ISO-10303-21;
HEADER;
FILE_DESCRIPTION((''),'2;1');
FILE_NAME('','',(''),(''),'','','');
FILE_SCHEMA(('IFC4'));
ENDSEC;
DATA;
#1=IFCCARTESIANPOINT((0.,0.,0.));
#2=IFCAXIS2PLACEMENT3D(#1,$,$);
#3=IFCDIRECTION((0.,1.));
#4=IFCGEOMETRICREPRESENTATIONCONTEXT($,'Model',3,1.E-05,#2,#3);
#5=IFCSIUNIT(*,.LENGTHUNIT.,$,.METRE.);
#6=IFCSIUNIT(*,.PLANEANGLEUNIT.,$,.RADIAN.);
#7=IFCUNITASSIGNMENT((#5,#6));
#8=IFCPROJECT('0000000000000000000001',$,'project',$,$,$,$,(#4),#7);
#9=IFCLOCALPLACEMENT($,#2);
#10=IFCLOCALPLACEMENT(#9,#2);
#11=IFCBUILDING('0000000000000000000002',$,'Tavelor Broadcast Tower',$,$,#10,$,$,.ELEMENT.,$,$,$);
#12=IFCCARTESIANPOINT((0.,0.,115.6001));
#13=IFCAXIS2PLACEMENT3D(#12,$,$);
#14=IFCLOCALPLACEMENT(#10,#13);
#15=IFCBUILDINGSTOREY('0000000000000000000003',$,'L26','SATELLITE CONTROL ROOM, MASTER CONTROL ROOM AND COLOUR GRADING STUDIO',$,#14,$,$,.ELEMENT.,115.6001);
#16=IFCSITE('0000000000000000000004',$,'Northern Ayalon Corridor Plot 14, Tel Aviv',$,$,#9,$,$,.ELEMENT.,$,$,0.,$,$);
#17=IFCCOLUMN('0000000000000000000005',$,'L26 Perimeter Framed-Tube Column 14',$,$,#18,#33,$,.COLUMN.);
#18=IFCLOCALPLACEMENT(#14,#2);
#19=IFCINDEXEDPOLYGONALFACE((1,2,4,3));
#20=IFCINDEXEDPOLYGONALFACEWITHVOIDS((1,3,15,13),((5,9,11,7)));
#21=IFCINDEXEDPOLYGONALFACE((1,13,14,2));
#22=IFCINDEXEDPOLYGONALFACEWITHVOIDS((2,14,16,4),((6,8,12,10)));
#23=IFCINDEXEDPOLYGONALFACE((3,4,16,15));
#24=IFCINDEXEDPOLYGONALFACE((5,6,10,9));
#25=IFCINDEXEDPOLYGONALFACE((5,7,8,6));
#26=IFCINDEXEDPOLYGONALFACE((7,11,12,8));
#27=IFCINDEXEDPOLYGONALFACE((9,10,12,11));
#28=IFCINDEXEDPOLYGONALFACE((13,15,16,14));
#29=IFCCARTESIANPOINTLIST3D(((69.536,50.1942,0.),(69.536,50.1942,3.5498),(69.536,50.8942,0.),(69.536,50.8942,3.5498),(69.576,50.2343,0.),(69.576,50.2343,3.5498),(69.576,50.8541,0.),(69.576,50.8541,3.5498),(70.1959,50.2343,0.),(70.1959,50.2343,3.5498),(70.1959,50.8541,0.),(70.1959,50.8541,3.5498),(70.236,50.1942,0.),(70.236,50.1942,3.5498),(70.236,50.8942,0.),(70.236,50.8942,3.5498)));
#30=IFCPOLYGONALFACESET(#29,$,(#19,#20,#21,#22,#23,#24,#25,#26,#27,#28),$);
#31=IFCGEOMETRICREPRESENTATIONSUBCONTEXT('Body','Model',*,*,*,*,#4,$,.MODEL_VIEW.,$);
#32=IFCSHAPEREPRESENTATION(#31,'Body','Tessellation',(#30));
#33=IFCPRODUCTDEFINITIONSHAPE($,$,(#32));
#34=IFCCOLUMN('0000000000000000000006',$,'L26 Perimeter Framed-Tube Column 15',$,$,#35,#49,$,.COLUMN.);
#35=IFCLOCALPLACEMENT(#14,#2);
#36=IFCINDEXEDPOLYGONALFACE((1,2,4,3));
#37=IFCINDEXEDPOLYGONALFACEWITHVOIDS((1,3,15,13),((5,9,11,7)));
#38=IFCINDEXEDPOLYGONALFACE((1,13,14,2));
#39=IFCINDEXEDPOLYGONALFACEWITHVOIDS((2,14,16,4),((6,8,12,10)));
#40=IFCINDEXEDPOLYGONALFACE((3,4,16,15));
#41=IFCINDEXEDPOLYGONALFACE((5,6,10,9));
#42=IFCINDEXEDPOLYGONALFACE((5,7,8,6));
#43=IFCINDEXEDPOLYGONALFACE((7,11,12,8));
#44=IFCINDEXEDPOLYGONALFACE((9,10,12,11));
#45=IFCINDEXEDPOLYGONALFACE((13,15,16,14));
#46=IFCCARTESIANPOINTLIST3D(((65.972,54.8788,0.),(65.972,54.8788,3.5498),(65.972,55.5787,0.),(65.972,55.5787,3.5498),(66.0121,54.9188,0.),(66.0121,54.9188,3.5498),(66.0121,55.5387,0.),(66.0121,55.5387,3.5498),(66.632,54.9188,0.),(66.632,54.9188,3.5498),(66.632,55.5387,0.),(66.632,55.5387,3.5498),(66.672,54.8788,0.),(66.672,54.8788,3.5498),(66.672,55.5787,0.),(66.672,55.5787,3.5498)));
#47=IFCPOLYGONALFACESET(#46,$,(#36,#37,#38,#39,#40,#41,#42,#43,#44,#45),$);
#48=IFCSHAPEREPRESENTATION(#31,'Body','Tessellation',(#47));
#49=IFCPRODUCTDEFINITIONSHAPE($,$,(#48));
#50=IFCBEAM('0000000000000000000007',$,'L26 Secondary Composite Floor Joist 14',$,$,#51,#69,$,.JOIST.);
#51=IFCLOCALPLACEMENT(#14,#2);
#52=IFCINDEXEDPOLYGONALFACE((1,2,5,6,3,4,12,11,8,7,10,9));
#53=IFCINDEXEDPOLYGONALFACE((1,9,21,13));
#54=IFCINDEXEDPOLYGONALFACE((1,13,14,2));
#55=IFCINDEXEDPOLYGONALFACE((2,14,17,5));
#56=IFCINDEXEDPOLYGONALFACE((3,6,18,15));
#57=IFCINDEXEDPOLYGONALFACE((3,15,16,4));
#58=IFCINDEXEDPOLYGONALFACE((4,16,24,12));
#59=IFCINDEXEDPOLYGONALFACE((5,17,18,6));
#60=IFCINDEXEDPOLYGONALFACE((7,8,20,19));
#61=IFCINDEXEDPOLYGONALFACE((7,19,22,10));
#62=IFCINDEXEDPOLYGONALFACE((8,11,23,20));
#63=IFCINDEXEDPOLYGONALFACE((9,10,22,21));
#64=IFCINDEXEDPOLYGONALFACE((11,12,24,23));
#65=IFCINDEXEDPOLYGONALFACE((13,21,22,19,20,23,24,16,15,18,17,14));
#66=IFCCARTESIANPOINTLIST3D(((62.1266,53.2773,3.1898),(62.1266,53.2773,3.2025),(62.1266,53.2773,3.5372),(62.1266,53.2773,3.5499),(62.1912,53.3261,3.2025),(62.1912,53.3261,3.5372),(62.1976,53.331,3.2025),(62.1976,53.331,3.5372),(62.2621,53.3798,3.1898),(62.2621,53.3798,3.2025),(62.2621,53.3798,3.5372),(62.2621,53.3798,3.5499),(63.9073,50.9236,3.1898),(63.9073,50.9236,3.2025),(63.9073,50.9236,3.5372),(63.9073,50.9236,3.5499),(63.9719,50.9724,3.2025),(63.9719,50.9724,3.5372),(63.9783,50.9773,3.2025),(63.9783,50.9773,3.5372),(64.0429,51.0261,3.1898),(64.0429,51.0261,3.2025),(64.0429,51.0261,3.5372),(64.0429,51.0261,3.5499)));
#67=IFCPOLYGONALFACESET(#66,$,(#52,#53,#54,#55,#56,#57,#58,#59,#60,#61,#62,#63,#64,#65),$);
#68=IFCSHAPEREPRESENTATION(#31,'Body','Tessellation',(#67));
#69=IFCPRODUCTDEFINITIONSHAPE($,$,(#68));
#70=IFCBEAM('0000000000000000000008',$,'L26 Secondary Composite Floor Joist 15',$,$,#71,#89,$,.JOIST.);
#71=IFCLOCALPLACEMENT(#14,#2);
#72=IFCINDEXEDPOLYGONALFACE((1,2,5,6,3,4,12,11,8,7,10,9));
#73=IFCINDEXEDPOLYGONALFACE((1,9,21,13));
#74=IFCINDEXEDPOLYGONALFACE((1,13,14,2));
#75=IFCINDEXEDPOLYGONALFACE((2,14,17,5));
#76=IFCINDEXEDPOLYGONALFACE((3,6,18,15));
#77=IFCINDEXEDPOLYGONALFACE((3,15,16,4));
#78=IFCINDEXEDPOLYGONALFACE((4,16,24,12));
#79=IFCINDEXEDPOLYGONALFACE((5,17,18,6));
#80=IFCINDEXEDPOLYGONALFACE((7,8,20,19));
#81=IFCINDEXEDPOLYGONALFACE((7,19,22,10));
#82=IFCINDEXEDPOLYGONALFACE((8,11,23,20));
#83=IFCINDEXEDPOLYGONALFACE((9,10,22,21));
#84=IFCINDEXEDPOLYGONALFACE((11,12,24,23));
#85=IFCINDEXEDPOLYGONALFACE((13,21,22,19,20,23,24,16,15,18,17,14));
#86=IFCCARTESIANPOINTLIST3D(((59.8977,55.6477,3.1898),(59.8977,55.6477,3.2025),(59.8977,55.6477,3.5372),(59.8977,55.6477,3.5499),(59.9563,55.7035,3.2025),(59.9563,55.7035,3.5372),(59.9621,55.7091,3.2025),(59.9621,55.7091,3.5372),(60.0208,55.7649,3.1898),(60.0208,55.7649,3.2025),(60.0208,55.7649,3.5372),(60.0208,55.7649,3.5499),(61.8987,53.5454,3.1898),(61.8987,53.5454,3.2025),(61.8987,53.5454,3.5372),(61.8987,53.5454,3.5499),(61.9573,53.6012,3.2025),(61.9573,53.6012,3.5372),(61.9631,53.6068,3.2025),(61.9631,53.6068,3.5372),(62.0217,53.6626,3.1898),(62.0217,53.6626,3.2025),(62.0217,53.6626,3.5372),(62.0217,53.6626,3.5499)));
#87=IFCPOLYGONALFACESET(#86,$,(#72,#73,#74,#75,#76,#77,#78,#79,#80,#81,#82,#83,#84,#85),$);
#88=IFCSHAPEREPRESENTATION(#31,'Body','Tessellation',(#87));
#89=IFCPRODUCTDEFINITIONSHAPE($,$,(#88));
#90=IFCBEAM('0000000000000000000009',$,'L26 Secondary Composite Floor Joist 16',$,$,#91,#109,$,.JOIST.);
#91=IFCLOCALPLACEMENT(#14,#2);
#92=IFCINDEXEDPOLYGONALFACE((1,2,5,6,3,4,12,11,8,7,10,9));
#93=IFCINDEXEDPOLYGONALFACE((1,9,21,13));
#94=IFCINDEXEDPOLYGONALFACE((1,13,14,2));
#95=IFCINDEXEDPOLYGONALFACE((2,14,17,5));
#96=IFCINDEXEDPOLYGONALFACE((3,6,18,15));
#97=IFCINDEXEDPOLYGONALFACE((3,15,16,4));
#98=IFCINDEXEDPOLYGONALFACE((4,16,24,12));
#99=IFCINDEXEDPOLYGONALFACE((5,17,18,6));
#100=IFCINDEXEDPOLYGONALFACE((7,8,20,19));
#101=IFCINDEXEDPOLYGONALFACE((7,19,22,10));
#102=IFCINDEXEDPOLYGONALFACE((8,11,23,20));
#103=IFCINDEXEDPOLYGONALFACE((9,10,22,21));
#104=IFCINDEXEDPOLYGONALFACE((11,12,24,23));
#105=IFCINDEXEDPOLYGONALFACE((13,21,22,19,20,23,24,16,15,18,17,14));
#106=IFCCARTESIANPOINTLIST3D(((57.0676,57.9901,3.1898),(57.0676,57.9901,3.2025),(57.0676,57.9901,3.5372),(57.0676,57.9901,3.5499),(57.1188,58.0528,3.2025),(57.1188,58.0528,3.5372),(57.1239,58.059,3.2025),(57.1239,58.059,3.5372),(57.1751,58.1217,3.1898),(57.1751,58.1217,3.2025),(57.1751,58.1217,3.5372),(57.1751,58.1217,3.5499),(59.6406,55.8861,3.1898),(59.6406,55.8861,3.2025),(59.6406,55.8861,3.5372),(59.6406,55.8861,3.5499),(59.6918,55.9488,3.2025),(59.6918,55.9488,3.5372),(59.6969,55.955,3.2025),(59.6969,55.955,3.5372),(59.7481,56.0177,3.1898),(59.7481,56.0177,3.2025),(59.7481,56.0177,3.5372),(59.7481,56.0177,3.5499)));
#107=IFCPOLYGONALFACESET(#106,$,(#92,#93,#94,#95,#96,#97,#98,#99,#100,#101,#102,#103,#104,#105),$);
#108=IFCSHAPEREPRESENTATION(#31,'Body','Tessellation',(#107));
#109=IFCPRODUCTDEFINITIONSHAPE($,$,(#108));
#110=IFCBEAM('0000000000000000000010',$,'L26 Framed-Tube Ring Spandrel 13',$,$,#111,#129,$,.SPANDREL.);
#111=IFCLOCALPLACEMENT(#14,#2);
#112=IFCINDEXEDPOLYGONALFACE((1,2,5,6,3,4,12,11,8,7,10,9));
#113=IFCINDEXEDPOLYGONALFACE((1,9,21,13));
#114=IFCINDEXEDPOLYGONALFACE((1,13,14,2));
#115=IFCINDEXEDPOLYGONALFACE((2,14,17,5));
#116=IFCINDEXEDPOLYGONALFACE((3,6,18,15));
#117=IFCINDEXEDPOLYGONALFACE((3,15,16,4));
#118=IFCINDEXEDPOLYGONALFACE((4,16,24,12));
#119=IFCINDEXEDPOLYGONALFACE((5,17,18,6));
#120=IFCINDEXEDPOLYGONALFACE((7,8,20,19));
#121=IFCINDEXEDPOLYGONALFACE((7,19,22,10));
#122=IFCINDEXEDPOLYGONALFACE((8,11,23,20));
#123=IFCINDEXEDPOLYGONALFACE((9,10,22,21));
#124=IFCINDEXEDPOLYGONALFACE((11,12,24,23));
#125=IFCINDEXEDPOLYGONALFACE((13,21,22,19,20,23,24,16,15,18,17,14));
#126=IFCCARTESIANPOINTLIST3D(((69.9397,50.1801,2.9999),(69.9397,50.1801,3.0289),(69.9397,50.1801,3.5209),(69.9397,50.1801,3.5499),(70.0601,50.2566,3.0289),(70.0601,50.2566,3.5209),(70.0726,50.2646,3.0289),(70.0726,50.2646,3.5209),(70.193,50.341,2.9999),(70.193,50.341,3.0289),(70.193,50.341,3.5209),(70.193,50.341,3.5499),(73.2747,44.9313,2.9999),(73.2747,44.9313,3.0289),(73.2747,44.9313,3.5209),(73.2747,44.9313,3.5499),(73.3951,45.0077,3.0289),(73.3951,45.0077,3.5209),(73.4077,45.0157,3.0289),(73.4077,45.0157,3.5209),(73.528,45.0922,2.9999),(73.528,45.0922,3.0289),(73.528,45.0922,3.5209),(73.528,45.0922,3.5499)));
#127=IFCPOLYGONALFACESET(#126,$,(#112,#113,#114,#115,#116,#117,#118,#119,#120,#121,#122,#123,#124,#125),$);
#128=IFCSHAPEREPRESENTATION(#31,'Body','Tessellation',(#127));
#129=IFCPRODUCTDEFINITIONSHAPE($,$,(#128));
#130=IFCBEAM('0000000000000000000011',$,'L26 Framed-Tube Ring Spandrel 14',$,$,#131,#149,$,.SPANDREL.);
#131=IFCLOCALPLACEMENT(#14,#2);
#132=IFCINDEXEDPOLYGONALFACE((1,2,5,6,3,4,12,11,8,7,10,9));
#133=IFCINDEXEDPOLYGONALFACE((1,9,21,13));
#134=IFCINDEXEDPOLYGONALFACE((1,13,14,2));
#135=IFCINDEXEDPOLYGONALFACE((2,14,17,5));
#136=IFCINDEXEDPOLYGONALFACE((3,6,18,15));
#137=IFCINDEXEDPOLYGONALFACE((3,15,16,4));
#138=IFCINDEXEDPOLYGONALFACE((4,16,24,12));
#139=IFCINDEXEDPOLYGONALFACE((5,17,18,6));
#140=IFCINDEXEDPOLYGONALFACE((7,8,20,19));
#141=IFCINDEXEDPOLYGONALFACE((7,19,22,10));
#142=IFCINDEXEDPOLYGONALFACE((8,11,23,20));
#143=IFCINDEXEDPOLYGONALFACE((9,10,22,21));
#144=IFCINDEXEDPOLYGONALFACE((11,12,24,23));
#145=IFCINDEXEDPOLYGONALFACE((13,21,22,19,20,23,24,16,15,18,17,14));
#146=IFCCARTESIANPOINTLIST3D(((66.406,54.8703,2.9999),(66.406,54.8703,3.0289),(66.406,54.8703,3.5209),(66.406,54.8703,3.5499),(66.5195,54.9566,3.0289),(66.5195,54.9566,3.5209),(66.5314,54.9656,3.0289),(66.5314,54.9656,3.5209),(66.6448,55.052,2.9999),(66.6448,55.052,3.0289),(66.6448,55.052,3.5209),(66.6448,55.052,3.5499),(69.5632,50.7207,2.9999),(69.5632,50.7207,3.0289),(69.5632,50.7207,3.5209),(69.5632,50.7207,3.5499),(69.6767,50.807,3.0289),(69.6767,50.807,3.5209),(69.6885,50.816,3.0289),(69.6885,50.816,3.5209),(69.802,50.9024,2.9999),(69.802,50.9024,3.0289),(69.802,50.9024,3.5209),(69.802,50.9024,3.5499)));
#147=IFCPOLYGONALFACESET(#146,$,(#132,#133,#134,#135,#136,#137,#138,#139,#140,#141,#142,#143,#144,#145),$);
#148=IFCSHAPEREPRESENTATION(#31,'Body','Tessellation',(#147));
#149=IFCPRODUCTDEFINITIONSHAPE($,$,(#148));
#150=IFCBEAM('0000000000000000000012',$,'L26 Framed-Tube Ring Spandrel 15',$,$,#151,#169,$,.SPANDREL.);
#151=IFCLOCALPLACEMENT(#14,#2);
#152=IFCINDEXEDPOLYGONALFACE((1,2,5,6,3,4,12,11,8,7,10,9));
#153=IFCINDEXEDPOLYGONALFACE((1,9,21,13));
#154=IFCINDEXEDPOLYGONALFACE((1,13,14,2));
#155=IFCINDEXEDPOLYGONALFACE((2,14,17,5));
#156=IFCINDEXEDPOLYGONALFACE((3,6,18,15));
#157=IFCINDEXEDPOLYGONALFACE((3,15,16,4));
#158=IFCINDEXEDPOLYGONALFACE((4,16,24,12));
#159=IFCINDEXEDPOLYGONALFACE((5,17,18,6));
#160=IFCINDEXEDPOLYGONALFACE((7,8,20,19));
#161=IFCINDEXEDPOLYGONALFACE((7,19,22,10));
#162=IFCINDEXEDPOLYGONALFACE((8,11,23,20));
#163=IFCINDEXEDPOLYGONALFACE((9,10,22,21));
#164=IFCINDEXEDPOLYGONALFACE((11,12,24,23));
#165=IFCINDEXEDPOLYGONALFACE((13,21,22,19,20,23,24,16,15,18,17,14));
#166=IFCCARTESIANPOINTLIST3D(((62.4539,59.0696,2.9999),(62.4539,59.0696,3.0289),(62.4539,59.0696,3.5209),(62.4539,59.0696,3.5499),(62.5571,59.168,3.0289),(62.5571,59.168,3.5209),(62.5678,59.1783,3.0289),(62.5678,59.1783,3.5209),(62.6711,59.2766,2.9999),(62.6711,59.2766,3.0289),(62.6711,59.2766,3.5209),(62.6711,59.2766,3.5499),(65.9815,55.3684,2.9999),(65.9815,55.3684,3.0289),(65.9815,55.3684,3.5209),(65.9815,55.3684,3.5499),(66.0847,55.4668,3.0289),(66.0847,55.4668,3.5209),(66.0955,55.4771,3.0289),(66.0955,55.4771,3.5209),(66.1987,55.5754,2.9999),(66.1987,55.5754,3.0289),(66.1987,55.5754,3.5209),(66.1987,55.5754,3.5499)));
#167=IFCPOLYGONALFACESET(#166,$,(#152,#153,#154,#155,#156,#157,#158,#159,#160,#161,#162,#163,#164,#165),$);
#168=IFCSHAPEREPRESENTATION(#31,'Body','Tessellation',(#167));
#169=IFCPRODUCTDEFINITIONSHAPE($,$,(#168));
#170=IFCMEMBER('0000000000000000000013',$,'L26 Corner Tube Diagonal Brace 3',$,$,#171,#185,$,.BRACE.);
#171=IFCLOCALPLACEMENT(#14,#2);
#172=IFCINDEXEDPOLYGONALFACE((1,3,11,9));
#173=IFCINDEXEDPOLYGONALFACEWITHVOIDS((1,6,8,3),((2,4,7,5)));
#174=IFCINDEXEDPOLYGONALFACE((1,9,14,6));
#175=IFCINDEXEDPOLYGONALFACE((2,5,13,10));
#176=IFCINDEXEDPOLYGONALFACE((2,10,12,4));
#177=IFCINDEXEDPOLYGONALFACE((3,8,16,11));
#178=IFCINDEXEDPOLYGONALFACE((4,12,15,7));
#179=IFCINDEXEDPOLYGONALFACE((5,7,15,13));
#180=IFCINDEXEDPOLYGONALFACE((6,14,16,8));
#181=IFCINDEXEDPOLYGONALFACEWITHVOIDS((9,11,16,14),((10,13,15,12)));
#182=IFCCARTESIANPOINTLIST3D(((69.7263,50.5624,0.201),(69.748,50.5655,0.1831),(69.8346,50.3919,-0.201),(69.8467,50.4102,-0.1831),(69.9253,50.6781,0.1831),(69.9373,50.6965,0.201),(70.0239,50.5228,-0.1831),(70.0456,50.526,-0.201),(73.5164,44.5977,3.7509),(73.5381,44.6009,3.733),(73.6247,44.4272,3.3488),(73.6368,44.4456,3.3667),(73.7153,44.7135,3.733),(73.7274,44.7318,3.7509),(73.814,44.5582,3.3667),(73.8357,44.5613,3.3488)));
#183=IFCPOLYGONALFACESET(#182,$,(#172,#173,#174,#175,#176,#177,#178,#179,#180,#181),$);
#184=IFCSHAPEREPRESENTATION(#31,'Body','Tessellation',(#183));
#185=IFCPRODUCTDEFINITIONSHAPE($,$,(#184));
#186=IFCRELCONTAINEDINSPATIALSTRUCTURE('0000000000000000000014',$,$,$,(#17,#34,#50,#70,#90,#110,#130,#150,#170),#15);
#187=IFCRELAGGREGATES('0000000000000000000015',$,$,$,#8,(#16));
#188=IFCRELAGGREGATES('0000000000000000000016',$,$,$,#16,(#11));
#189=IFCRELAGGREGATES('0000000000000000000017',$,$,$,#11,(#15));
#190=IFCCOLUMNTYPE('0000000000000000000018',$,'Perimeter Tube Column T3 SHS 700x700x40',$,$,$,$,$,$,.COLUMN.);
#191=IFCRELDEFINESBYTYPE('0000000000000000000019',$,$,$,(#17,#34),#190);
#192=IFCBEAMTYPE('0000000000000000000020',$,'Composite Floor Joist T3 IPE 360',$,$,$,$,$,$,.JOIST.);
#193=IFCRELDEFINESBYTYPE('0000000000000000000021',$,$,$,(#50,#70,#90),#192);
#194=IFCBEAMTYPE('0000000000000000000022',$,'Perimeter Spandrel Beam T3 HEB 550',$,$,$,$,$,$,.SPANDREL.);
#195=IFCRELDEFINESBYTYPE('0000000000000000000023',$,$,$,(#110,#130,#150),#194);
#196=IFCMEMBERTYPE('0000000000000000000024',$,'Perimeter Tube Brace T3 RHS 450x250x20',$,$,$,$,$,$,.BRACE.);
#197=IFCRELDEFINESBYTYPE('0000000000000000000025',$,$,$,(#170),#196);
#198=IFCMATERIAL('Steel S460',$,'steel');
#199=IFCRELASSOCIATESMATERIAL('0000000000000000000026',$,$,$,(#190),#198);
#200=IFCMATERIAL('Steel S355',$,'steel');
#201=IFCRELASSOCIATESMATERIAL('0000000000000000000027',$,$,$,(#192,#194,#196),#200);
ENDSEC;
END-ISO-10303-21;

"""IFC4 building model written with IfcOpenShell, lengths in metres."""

from ifc_helpers import new_model, si_unit, direction, frame, origin, origin_2d, place, context, subcontext, project, spatial, hollow_rectangle, i_section, extrude, material, material_profile, profile_set, type_object, element, save


model = new_model("IFC4")

# Units and contexts
model_context = context("Model", 3, precision=1e-05, world=origin(), true_north=direction((0.0, 1.0)))
body_context = subcontext(model_context, "Body", "Model", "MODEL_VIEW")
ifc_project = project(units=[si_unit("LENGTHUNIT", "METRE"), si_unit("PLANEANGLEUNIT", "RADIAN")], contexts=[model_context])

# Site, building, storey
site_placement = place(None, origin())
site = spatial("IfcSite", under=ifc_project, at=site_placement, Name="Northern Ayalon Corridor Plot 14, Tel Aviv", CompositionType="ELEMENT", RefElevation=0.0)
building_placement = place(site_placement, origin())
building = spatial("IfcBuilding", under=site, at=building_placement, Name="Tavelor Broadcast Tower", CompositionType="ELEMENT")
storey_placement = place(building_placement, frame((0.0, 0.0, 115.6001)))
storey = spatial("IfcBuildingStorey", under=building, at=storey_placement, Name="L26", Description="SATELLITE CONTROL ROOM, MASTER CONTROL ROOM AND COLOUR GRADING STUDIO", CompositionType="ELEMENT", Elevation=115.6001)

# Columns
ifc_material_1 = material(Name="Steel S460", Category="steel")
ifc_material_profile_1 = material_profile(ifc_material_1, hollow_rectangle(XDim=0.7, YDim=0.7, WallThickness=0.04, at=origin_2d()), Name="SHS 700x700x40")
ifc_profile_set_1 = profile_set([ifc_material_profile_1], Name="Steel S460")
column_type = type_object("IfcColumnType", Name="Perimeter Tube Column T3 SHS 700x700x40", PredefinedType="COLUMN", material=ifc_profile_set_1)
for number, where, z_axis, x_axis, name in (
    (1, (69.886, 50.5442, 0.0), (0.0, 0.0, 1.0), (1.0, 0.0, 0.0), "L26 Perimeter Framed-Tube Column 14"),
    (2, (66.322, 55.2288, 0.0), (0.0, 0.0, 1.0), (1.0, 0.0, 0.0), "L26 Perimeter Framed-Tube Column 15"),
):
    element("IfcColumn", number, at=place(storey_placement, frame(where, z_axis=z_axis, x_axis=x_axis)), inside=storey, type_object=column_type, Name=name, PredefinedType="COLUMN", context=body_context, shape_type="SweptSolid", body=[
        extrude(hollow_rectangle(XDim=0.7, YDim=0.7, WallThickness=0.04, at=origin_2d()), origin(), (0.0, 0.0, 1.0), 3.5498),
    ])

# Beams
ifc_material_2 = material(Name="Steel S355", Category="steel")
ifc_material_profile_2 = material_profile(ifc_material_2, i_section(OverallWidth=0.1699, OverallDepth=0.3601, WebThickness=0.0081, FlangeThickness=0.0127, at=origin_2d()), Name="IPE 360")
ifc_profile_set_2 = profile_set([ifc_material_profile_2], Name="Steel S355")
beam_type_1 = type_object("IfcBeamType", Name="Composite Floor Joist T3 IPE 360", PredefinedType="JOIST", material=ifc_profile_set_2)
beam_1_placement = place(storey_placement, frame((63.9751, 50.9749, 3.3699), z_axis=(-0.603343, 0.797482, 0.0), x_axis=(-0.797482, -0.603343, 0.0)))
element("IfcBeam", 3, at=beam_1_placement, inside=storey, type_object=beam_type_1, Name="L26 Secondary Composite Floor Joist 14", PredefinedType="JOIST", context=body_context, shape_type="SweptSolid", body=[
    extrude(i_section(OverallWidth=0.1699, OverallDepth=0.3601, WebThickness=0.0081, FlangeThickness=0.0127, at=origin_2d()), origin(), (0.0, 0.0, 1.0), 2.9514),
])
beam_2_placement = place(storey_placement, frame((61.9602, 53.604, 3.3699), z_axis=(-0.689437, 0.724346, 0.0), x_axis=(-0.724346, -0.689437, 0.0)))
element("IfcBeam", 4, at=beam_2_placement, inside=storey, type_object=beam_type_1, Name="L26 Secondary Composite Floor Joist 15", PredefinedType="JOIST", context=body_context, shape_type="SweptSolid", body=[
    extrude(i_section(OverallWidth=0.1699, OverallDepth=0.3601, WebThickness=0.0081, FlangeThickness=0.0127, at=origin_2d()), origin(), (0.0, 0.0, 1.0), 2.9023),
])
beam_3_placement = place(storey_placement, frame((59.6943, 55.9519, 3.3699), z_axis=(-0.774131, 0.633026, 0.0), x_axis=(-0.633026, -0.774131, 0.0)))
element("IfcBeam", 5, at=beam_3_placement, inside=storey, type_object=beam_type_1, Name="L26 Secondary Composite Floor Joist 16", PredefinedType="JOIST", context=body_context, shape_type="SweptSolid", body=[
    extrude(i_section(OverallWidth=0.1699, OverallDepth=0.3601, WebThickness=0.0081, FlangeThickness=0.0127, at=origin_2d()), origin(), (0.0, 0.0, 1.0), 3.3237),
])
ifc_material_profile_3 = material_profile(ifc_material_2, i_section(OverallWidth=0.3, OverallDepth=0.55, WebThickness=0.0149, FlangeThickness=0.0291, at=origin_2d()), Name="HEB 550")
ifc_profile_set_3 = profile_set([ifc_material_profile_3], Name="Steel S355")
beam_type_2 = type_object("IfcBeamType", Name="Perimeter Spandrel Beam T3 HEB 550", PredefinedType="SPANDREL", material=ifc_profile_set_3)
beam_4_placement = place(storey_placement, frame((73.4014, 45.0117, 3.2749), z_axis=(-0.536283, 0.844038, 0.0), x_axis=(-0.844038, -0.536283, 0.0)))
element("IfcBeam", 6, at=beam_4_placement, inside=storey, type_object=beam_type_2, Name="L26 Framed-Tube Ring Spandrel 13", PredefinedType="SPANDREL", context=body_context, shape_type="SweptSolid", body=[
    extrude(i_section(OverallWidth=0.3, OverallDepth=0.55, WebThickness=0.0149, FlangeThickness=0.0291, at=origin_2d()), origin(), (0.0, 0.0, 1.0), 6.2188),
])
beam_5_placement = place(storey_placement, frame((69.6826, 50.8115, 3.2749), z_axis=(-0.605507, 0.79584, 0.0), x_axis=(-0.79584, -0.605507, 0.0)))
element("IfcBeam", 7, at=beam_5_placement, inside=storey, type_object=beam_type_2, Name="L26 Framed-Tube Ring Spandrel 14", PredefinedType="SPANDREL", context=body_context, shape_type="SweptSolid", body=[
    extrude(i_section(OverallWidth=0.3, OverallDepth=0.55, WebThickness=0.0149, FlangeThickness=0.0291, at=origin_2d()), origin(), (0.0, 0.0, 1.0), 5.2141),
])
beam_6_placement = place(storey_placement, frame((66.0901, 55.4719, 3.2749), z_axis=(-0.689928, 0.723878, 0.0), x_axis=(-0.723878, -0.689928, 0.0)))
element("IfcBeam", 8, at=beam_6_placement, inside=storey, type_object=beam_type_2, Name="L26 Framed-Tube Ring Spandrel 15", PredefinedType="SPANDREL", context=body_context, shape_type="SweptSolid", body=[
    extrude(i_section(OverallWidth=0.3, OverallDepth=0.55, WebThickness=0.0149, FlangeThickness=0.0291, at=origin_2d()), origin(), (0.0, 0.0, 1.0), 5.113),
])

# Member
ifc_material_profile_4 = material_profile(ifc_material_2, hollow_rectangle(XDim=0.25, YDim=0.45, WallThickness=0.02, at=origin_2d()), Name="RHS 450x250x20")
ifc_profile_set_4 = profile_set([ifc_material_profile_4], Name="Steel S355")
member_type_1 = type_object("IfcMemberType", Name="Perimeter Tube Brace T3 RHS 450x250x20", PredefinedType="BRACE", material=ifc_profile_set_4)
member_1_placement = place(storey_placement, frame((69.886, 50.5442, 0.0), z_axis=(0.479245, -0.754216, 0.448868), x_axis=(0.844021, 0.53631, 0.0)))
element("IfcMember", 9, at=member_1_placement, inside=storey, type_object=member_type_1, Name="L26 Corner Tube Diagonal Brace 3", PredefinedType="BRACE", context=body_context, shape_type="SweptSolid", body=[
    extrude(hollow_rectangle(XDim=0.25, YDim=0.45, WallThickness=0.02, at=origin_2d()), origin(), (0.0, 0.0, 1.0), 7.9084),
])

save(model, "model.ifc")
